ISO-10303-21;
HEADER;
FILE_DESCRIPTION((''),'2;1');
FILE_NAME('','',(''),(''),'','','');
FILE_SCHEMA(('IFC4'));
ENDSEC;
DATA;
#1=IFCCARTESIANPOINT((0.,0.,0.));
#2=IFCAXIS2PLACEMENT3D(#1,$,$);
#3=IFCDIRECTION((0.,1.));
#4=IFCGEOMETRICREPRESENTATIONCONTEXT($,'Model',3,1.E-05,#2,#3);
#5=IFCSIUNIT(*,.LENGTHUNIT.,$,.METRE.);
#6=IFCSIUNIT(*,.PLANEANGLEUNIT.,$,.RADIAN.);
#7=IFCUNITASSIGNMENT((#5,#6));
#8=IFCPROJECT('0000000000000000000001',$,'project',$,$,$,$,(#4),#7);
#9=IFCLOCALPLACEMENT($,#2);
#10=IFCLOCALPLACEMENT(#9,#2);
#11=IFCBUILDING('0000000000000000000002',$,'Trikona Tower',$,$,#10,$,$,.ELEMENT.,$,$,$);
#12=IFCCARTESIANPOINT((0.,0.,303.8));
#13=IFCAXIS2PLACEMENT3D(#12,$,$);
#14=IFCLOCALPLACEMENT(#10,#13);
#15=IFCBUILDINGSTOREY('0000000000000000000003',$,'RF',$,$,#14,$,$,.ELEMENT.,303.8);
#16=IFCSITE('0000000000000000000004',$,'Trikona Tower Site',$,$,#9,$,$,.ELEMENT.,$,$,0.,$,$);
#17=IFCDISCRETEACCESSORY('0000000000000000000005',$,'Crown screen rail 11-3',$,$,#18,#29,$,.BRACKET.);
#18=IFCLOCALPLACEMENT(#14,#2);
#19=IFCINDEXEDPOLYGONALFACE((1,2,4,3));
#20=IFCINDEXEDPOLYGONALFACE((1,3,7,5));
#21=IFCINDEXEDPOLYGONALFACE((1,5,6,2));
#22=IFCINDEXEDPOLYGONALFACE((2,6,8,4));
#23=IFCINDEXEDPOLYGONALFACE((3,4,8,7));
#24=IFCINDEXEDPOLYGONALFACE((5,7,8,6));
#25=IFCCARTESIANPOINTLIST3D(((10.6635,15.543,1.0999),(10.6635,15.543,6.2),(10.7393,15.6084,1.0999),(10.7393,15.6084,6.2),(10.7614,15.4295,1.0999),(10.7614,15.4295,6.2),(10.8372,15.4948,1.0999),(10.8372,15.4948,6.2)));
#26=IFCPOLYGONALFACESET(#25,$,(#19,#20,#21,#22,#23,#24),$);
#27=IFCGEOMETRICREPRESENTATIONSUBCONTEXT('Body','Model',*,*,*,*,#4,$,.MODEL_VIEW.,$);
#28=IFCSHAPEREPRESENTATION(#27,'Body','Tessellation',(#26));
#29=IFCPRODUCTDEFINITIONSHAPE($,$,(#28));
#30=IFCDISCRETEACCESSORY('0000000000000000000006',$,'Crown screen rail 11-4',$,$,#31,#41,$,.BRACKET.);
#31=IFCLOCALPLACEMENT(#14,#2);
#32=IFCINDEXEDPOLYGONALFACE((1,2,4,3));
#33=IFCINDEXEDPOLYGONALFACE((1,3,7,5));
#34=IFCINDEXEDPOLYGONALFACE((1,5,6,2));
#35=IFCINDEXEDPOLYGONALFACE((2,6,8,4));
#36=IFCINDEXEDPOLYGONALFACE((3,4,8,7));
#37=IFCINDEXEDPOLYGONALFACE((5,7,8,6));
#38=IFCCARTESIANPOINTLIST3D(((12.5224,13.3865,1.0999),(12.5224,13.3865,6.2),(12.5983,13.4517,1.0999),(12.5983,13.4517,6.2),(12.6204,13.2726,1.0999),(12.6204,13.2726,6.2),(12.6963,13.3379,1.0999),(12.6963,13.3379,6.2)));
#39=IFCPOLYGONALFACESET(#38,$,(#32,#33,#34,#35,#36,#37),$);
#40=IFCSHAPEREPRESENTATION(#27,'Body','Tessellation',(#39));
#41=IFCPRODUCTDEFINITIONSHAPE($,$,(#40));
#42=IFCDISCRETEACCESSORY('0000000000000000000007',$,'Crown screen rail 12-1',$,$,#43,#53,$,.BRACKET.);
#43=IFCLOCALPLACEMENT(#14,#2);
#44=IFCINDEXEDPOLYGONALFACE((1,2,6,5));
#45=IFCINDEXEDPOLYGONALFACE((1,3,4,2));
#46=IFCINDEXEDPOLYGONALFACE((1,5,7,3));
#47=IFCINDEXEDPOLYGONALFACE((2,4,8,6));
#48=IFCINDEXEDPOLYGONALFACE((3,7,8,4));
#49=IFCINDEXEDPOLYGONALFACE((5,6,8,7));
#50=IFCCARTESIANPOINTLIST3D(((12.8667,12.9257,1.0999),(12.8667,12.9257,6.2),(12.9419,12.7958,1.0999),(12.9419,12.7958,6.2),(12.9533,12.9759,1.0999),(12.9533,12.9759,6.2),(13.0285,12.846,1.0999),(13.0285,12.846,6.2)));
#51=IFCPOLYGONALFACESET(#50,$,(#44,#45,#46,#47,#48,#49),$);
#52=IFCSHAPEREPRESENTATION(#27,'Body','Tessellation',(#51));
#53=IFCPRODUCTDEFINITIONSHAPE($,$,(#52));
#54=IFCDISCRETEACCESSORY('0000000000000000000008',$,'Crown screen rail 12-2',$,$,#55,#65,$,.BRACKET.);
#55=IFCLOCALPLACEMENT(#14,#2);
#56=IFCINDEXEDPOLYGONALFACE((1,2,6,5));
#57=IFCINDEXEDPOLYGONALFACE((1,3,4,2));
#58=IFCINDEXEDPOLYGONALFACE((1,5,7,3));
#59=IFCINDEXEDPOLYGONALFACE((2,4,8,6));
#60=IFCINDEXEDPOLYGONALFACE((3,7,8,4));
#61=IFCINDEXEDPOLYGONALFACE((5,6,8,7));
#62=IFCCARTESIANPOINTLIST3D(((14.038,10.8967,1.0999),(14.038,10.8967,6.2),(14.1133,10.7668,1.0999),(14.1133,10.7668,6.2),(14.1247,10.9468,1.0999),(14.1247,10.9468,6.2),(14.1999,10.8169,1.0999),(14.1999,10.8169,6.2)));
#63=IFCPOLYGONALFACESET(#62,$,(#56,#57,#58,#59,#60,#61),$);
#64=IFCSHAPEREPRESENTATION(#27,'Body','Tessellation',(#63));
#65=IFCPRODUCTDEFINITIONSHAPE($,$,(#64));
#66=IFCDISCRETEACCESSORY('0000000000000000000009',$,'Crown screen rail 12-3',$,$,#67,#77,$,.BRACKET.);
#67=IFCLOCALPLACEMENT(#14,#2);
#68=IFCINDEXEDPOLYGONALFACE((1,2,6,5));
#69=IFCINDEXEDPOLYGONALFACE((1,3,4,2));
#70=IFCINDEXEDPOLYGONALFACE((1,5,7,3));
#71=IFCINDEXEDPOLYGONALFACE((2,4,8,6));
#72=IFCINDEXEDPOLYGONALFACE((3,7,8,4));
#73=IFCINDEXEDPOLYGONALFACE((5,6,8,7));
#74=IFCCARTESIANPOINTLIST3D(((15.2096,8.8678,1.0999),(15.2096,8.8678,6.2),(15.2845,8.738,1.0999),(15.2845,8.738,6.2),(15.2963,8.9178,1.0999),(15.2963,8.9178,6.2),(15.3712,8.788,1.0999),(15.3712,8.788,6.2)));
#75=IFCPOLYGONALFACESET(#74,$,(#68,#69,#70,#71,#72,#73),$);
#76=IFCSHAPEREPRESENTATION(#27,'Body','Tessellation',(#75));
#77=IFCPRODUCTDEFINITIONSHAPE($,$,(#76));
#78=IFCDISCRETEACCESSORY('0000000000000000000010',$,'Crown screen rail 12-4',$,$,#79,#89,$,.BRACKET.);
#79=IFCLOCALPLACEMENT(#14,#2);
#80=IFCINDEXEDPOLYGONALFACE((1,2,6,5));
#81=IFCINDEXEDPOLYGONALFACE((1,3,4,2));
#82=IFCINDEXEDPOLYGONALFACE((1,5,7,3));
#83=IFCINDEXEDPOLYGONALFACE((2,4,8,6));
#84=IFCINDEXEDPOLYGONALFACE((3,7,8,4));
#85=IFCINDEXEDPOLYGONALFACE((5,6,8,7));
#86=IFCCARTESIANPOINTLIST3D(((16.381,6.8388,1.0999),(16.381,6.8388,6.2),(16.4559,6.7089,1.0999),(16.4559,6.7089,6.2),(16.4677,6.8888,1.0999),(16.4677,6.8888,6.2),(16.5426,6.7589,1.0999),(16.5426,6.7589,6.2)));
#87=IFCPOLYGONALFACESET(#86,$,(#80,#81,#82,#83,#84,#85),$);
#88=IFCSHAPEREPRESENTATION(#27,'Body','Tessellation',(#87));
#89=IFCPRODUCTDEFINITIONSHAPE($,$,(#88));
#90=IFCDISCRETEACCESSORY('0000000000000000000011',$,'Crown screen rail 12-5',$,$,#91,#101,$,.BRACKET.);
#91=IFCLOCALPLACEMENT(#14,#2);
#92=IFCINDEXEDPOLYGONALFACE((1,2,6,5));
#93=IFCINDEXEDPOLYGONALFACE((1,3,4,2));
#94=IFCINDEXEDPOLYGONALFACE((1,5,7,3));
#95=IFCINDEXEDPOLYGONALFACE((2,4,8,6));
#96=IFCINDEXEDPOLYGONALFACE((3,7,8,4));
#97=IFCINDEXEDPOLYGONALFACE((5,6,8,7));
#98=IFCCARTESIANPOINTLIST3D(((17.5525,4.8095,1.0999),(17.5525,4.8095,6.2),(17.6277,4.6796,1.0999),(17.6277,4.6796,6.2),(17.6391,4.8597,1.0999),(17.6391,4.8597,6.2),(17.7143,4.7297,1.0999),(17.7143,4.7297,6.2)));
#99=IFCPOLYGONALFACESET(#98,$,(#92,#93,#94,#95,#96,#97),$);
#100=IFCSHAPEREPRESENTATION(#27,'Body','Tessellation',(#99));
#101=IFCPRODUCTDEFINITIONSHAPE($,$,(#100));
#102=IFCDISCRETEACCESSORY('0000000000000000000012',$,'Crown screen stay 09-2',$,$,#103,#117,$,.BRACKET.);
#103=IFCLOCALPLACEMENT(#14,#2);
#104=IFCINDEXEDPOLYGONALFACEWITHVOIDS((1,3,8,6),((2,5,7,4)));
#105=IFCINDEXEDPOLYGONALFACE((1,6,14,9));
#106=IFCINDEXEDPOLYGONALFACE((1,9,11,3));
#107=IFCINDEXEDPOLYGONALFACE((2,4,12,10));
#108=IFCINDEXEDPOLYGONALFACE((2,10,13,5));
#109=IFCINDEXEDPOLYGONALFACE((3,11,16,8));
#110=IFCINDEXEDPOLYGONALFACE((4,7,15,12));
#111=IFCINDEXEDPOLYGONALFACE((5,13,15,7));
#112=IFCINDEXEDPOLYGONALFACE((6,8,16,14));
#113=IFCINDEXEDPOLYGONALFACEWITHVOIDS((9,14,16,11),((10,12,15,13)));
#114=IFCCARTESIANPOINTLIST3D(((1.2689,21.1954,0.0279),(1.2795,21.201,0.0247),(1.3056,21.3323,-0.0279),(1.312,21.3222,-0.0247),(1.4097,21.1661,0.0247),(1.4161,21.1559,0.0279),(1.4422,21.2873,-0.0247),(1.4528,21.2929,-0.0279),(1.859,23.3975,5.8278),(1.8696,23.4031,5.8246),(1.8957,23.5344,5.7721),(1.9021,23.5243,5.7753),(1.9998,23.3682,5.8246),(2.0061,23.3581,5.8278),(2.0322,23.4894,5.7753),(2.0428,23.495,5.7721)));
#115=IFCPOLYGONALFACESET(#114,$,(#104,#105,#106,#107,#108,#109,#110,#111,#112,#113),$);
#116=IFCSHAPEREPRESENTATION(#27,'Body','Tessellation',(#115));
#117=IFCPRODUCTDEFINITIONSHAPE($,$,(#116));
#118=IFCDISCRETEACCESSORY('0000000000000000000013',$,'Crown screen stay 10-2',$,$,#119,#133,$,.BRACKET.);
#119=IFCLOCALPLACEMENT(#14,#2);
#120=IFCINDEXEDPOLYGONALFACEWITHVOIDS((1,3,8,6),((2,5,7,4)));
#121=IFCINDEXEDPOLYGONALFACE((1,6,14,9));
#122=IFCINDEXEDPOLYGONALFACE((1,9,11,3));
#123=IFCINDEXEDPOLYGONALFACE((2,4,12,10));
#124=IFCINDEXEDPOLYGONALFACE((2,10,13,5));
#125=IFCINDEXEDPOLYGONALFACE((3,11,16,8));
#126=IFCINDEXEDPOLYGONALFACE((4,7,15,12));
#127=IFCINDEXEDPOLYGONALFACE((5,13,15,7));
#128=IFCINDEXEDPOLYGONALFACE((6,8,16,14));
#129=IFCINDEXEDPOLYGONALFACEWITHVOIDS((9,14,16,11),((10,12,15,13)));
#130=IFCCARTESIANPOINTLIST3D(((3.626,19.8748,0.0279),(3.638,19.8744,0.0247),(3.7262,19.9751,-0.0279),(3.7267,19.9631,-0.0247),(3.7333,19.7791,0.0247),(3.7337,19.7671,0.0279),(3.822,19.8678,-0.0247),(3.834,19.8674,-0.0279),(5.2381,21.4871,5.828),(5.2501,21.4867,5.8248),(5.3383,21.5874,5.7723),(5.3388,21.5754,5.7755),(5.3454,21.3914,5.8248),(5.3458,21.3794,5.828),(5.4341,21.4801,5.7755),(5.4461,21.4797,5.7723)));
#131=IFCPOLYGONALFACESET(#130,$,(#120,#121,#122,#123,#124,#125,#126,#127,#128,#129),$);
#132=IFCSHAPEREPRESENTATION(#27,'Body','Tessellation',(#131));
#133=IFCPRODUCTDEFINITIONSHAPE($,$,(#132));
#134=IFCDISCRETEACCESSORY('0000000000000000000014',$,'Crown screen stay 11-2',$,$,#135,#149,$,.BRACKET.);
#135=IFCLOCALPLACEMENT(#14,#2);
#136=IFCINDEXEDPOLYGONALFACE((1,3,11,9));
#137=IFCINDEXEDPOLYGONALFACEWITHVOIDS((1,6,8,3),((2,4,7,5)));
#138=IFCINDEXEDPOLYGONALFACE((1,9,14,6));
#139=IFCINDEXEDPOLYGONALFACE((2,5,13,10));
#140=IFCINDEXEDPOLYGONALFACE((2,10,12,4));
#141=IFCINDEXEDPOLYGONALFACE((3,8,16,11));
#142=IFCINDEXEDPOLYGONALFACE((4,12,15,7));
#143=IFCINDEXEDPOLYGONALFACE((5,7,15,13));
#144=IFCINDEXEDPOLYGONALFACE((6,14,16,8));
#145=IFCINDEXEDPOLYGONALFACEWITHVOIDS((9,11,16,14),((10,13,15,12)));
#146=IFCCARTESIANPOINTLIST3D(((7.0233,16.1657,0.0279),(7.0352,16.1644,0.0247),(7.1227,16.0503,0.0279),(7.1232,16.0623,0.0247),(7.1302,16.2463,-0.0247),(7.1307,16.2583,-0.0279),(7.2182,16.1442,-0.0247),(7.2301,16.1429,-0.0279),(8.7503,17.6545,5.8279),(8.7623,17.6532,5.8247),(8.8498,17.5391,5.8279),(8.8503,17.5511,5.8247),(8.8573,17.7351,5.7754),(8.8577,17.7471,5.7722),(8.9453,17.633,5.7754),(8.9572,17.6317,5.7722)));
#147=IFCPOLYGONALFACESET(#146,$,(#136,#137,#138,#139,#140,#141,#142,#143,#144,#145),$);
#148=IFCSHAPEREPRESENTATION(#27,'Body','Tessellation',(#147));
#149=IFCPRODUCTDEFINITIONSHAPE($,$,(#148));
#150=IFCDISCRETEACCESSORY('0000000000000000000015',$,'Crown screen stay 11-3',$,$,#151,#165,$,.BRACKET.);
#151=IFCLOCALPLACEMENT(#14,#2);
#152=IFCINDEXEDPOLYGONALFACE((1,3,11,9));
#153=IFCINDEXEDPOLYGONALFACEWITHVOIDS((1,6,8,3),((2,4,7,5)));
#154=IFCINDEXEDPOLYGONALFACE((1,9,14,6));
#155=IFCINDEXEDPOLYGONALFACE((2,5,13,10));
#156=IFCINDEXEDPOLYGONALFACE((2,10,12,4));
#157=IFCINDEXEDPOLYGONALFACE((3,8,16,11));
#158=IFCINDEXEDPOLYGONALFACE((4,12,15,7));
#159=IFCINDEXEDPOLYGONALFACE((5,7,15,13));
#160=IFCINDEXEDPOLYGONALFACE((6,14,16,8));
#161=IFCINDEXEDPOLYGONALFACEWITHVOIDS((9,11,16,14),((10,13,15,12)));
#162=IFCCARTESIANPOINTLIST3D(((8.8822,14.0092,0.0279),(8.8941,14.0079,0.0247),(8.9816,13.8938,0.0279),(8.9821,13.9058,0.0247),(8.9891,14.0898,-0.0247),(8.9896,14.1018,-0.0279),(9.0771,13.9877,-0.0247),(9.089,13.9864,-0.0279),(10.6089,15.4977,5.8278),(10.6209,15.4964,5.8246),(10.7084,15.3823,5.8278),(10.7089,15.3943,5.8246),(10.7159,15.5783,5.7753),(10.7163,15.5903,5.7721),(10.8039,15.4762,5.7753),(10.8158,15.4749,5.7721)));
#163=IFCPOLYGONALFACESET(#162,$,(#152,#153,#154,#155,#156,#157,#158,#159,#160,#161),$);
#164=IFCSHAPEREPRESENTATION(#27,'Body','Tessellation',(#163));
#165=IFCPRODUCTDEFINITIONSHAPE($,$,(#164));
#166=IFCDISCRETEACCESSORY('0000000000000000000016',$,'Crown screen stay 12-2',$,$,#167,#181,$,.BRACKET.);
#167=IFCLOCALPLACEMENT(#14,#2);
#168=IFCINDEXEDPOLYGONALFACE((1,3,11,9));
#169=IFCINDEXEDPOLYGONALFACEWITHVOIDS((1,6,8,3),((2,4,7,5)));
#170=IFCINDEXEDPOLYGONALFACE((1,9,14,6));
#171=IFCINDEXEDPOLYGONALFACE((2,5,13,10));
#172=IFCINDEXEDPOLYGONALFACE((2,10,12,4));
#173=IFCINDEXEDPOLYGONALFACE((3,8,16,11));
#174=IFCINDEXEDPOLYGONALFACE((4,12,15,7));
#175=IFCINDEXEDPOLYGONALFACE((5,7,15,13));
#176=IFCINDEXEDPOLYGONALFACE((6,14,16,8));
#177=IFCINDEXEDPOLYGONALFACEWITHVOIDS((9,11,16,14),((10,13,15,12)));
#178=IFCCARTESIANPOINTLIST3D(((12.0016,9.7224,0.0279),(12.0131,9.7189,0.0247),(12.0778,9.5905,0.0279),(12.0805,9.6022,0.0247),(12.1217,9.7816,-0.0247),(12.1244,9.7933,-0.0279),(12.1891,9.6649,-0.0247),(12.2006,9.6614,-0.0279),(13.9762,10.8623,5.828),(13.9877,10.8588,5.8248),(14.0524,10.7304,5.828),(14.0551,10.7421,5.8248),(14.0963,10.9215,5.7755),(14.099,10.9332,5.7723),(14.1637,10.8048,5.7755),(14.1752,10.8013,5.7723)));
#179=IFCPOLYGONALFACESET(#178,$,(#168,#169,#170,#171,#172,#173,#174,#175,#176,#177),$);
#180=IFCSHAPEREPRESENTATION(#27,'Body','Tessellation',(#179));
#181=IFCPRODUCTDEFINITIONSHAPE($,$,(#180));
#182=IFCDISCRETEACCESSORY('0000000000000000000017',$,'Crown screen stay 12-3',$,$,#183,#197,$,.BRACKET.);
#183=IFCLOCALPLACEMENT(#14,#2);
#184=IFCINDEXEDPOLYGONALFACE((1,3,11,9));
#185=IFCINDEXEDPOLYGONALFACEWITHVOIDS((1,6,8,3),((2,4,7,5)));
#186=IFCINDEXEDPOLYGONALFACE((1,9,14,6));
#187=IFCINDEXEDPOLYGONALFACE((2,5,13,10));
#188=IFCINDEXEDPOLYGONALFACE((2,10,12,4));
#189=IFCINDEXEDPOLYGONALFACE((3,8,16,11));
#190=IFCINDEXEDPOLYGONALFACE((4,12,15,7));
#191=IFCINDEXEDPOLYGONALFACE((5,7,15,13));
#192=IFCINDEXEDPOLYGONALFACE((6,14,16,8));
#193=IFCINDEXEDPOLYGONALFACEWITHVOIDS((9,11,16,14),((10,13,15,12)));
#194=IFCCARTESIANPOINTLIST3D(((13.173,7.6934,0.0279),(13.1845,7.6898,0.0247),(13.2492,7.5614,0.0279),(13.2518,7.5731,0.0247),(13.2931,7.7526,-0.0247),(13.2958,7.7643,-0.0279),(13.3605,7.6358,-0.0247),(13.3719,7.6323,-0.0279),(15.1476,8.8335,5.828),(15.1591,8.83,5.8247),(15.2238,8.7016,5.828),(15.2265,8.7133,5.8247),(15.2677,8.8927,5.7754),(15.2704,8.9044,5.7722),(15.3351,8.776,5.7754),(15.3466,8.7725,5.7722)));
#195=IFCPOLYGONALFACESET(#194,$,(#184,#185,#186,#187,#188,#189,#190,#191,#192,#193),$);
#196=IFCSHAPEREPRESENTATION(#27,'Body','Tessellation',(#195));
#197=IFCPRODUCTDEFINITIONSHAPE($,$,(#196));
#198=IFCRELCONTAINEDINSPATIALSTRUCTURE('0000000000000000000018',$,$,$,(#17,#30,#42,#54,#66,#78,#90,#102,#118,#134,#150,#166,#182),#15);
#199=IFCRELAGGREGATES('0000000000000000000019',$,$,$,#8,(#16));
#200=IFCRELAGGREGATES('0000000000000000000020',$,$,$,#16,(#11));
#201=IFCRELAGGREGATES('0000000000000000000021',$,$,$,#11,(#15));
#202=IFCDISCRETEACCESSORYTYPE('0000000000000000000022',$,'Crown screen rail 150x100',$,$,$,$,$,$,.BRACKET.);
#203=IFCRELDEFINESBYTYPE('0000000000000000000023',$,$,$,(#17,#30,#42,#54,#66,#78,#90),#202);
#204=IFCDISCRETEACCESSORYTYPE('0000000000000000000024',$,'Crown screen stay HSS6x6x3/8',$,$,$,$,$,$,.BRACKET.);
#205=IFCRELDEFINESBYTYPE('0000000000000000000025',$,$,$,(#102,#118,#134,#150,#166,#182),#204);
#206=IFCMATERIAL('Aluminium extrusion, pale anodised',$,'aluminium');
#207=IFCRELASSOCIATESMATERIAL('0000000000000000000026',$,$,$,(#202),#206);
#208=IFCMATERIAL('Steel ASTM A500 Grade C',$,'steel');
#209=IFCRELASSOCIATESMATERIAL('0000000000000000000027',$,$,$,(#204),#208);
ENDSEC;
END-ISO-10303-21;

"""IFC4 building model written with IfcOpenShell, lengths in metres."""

from ifc_helpers import new_model, si_unit, direction, frame, frame_2d, origin, origin_2d, place, context, subcontext, project, spatial, rectangle, hollow_rectangle, extrude, material, material_profile, profile_set, type_object, element, save


model = new_model("IFC4")

# Units and contexts
model_context = context("Model", 3, precision=1e-05, world=origin(), true_north=direction((0.0, 1.0)))
body_context = subcontext(model_context, "Body", "Model", "MODEL_VIEW")
ifc_project = project(units=[si_unit("LENGTHUNIT", "METRE"), si_unit("PLANEANGLEUNIT", "RADIAN")], contexts=[model_context])

# Site, building, storey
site_placement = place(None, origin())
site = spatial("IfcSite", under=ifc_project, at=site_placement, Name="Trikona Tower Site", CompositionType="ELEMENT", RefElevation=0.0)
building_placement = place(site_placement, origin())
building = spatial("IfcBuilding", under=site, at=building_placement, Name="Trikona Tower", CompositionType="ELEMENT")
storey_placement = place(building_placement, frame((0.0, 0.0, 303.8)))
storey = spatial("IfcBuildingStorey", under=building, at=storey_placement, Name="RF", CompositionType="ELEMENT", Elevation=303.8)

# Discrete accessories
ifc_material_1 = material(Name="Aluminium extrusion, pale anodised", Category="aluminium")
discrete_accessory_type_1 = type_object("IfcDiscreteAccessoryType", Name="Crown screen rail 150x100", PredefinedType="BRACKET", material=ifc_material_1)
for number, where, z_axis, x_axis, name in (
    (1, (10.7014, 15.5757, 1.0999), (0.0, 0.0, 1.0), (0.653068, -0.757299, 0.0), "Crown screen rail 11-3"),
):
    element("IfcDiscreteAccessory", number, at=place(storey_placement, frame(where, z_axis=z_axis, x_axis=x_axis)), inside=storey, type_object=discrete_accessory_type_1, Name=name, PredefinedType="BRACKET", context=body_context, shape_type="SweptSolid", body=[
        extrude(rectangle(XDim=0.1499, YDim=0.1001, at=frame_2d((0.075, 0.0))), origin(), (0.0, 0.0, 1.0), 5.1001),
    ])
for number, where, z_axis, x_axis, name in (
    (2, (12.5603, 13.4192, 1.0999), (0.0, 0.0, 1.0), (0.652264, -0.757992, 0.0), "Crown screen rail 11-4"),
    (3, (12.9099, 12.9509, 1.0999), (0.0, 0.0, 1.0), (0.501036, -0.865426, 0.0), "Crown screen rail 12-1"),
    (4, (14.0813, 10.9219, 1.0999), (0.0, 0.0, 1.0), (0.501036, -0.865426, 0.0), "Crown screen rail 12-2"),
):
    element("IfcDiscreteAccessory", number, at=place(storey_placement, frame(where, z_axis=z_axis, x_axis=x_axis)), inside=storey, type_object=discrete_accessory_type_1, Name=name, PredefinedType="BRACKET", context=body_context, shape_type="SweptSolid", body=[
        extrude(rectangle(XDim=0.1501, YDim=0.1001, at=frame_2d((0.0752, 0.0))), origin(), (0.0, 0.0, 1.0), 5.1001),
    ])
for number, where, z_axis, x_axis, name in (
    (5, (15.2529, 8.8928, 1.0999), (0.0, 0.0, 1.0), (0.499816, -0.866131, 0.0), "Crown screen rail 12-3"),
    (6, (16.4243, 6.8638, 1.0999), (0.0, 0.0, 1.0), (0.499816, -0.866131, 0.0), "Crown screen rail 12-4"),
):
    element("IfcDiscreteAccessory", number, at=place(storey_placement, frame(where, z_axis=z_axis, x_axis=x_axis)), inside=storey, type_object=discrete_accessory_type_1, Name=name, PredefinedType="BRACKET", context=body_context, shape_type="SweptSolid", body=[
        extrude(rectangle(XDim=0.1499, YDim=0.1001, at=frame_2d((0.075, 0.0))), origin(), (0.0, 0.0, 1.0), 5.1001),
    ])
discrete_accessory_1_placement = place(storey_placement, frame((17.5957, 4.8347, 1.0999), z_axis=(0.0, 0.0, 1.0), x_axis=(0.501036, -0.865426, 0.0)))
element("IfcDiscreteAccessory", 7, at=discrete_accessory_1_placement, inside=storey, type_object=discrete_accessory_type_1, Name="Crown screen rail 12-5", PredefinedType="BRACKET", context=body_context, shape_type="SweptSolid", body=[
    extrude(rectangle(XDim=0.1501, YDim=0.1001, at=frame_2d((0.0752, 0.0))), origin(), (0.0, 0.0, 1.0), 5.1001),
])
ifc_material_2 = material(Name="Steel ASTM A500 Grade C", Category="steel")
ifc_material_profile = material_profile(ifc_material_2, hollow_rectangle(XDim=0.1523, YDim=0.1523, WallThickness=0.0088, at=origin_2d()), Name="HSS6X6X3/8")
ifc_profile_set = profile_set([ifc_material_profile], Name="Steel ASTM A500 Grade C")
discrete_accessory_type_2 = type_object("IfcDiscreteAccessoryType", Name="Crown screen stay HSS6x6x3/8", PredefinedType="BRACKET", material=ifc_profile_set)
discrete_accessory_2_placement = place(storey_placement, frame((1.3608, 21.2441, 0.0), z_axis=(0.094686, 0.35336, 0.930683), x_axis=(-0.965923, 0.258829, 0.0)))
element("IfcDiscreteAccessory", 8, at=discrete_accessory_2_placement, inside=storey, type_object=discrete_accessory_type_2, Name="Crown screen stay 09-2", PredefinedType="BRACKET", context=body_context, shape_type="SweptSolid", body=[
    extrude(hollow_rectangle(XDim=0.1523, YDim=0.1523, WallThickness=0.0088, at=origin_2d()), origin(), (0.0, 0.0, 1.0), 6.2319),
])
for number, where, z_axis, x_axis, name in (
    (9, (3.73, 19.8711, 0.0), (0.258671, 0.25871, 0.930676), (-0.70716, 0.707053, 0.0), "Crown screen stay 10-2"),
    (10, (7.1267, 16.1543, 0.0), (0.27712, 0.238885, 0.930666), (-0.652923, 0.757425, 0.0), "Crown screen stay 11-2"),
):
    element("IfcDiscreteAccessory", number, at=place(storey_placement, frame(where, z_axis=z_axis, x_axis=x_axis)), inside=storey, type_object=discrete_accessory_type_2, Name=name, PredefinedType="BRACKET", context=body_context, shape_type="SweptSolid", body=[
        extrude(hollow_rectangle(XDim=0.1523, YDim=0.1523, WallThickness=0.0088, at=origin_2d()), origin(), (0.0, 0.0, 1.0), 6.2322),
    ])
discrete_accessory_3_placement = place(storey_placement, frame((8.9856, 13.9978, 0.0), z_axis=(0.277086, 0.238851, 0.930684), x_axis=(-0.652914, 0.757432, 0.0)))
element("IfcDiscreteAccessory", 11, at=discrete_accessory_3_placement, inside=storey, type_object=discrete_accessory_type_2, Name="Crown screen stay 11-3", PredefinedType="BRACKET", context=body_context, shape_type="SweptSolid", body=[
    extrude(hollow_rectangle(XDim=0.1523, YDim=0.1523, WallThickness=0.0088, at=origin_2d()), origin(), (0.0, 0.0, 1.0), 6.2319),
])
for number, where, z_axis, x_axis, name in (
    (12, (12.1011, 9.6919, 0.0), (0.316845, 0.182907, 0.930674), (-0.499951, 0.866054, 0.0), "Crown screen stay 12-2"),
    (13, (13.2725, 7.6628, 0.0), (0.316843, 0.182945, 0.930667), (-0.500031, 0.866007, 0.0), "Crown screen stay 12-3"),
):
    element("IfcDiscreteAccessory", number, at=place(storey_placement, frame(where, z_axis=z_axis, x_axis=x_axis)), inside=storey, type_object=discrete_accessory_type_2, Name=name, PredefinedType="BRACKET", context=body_context, shape_type="SweptSolid", body=[
        extrude(hollow_rectangle(XDim=0.1523, YDim=0.1523, WallThickness=0.0088, at=origin_2d()), origin(), (0.0, 0.0, 1.0), 6.2322),
    ])

save(model, "model.ifc")
